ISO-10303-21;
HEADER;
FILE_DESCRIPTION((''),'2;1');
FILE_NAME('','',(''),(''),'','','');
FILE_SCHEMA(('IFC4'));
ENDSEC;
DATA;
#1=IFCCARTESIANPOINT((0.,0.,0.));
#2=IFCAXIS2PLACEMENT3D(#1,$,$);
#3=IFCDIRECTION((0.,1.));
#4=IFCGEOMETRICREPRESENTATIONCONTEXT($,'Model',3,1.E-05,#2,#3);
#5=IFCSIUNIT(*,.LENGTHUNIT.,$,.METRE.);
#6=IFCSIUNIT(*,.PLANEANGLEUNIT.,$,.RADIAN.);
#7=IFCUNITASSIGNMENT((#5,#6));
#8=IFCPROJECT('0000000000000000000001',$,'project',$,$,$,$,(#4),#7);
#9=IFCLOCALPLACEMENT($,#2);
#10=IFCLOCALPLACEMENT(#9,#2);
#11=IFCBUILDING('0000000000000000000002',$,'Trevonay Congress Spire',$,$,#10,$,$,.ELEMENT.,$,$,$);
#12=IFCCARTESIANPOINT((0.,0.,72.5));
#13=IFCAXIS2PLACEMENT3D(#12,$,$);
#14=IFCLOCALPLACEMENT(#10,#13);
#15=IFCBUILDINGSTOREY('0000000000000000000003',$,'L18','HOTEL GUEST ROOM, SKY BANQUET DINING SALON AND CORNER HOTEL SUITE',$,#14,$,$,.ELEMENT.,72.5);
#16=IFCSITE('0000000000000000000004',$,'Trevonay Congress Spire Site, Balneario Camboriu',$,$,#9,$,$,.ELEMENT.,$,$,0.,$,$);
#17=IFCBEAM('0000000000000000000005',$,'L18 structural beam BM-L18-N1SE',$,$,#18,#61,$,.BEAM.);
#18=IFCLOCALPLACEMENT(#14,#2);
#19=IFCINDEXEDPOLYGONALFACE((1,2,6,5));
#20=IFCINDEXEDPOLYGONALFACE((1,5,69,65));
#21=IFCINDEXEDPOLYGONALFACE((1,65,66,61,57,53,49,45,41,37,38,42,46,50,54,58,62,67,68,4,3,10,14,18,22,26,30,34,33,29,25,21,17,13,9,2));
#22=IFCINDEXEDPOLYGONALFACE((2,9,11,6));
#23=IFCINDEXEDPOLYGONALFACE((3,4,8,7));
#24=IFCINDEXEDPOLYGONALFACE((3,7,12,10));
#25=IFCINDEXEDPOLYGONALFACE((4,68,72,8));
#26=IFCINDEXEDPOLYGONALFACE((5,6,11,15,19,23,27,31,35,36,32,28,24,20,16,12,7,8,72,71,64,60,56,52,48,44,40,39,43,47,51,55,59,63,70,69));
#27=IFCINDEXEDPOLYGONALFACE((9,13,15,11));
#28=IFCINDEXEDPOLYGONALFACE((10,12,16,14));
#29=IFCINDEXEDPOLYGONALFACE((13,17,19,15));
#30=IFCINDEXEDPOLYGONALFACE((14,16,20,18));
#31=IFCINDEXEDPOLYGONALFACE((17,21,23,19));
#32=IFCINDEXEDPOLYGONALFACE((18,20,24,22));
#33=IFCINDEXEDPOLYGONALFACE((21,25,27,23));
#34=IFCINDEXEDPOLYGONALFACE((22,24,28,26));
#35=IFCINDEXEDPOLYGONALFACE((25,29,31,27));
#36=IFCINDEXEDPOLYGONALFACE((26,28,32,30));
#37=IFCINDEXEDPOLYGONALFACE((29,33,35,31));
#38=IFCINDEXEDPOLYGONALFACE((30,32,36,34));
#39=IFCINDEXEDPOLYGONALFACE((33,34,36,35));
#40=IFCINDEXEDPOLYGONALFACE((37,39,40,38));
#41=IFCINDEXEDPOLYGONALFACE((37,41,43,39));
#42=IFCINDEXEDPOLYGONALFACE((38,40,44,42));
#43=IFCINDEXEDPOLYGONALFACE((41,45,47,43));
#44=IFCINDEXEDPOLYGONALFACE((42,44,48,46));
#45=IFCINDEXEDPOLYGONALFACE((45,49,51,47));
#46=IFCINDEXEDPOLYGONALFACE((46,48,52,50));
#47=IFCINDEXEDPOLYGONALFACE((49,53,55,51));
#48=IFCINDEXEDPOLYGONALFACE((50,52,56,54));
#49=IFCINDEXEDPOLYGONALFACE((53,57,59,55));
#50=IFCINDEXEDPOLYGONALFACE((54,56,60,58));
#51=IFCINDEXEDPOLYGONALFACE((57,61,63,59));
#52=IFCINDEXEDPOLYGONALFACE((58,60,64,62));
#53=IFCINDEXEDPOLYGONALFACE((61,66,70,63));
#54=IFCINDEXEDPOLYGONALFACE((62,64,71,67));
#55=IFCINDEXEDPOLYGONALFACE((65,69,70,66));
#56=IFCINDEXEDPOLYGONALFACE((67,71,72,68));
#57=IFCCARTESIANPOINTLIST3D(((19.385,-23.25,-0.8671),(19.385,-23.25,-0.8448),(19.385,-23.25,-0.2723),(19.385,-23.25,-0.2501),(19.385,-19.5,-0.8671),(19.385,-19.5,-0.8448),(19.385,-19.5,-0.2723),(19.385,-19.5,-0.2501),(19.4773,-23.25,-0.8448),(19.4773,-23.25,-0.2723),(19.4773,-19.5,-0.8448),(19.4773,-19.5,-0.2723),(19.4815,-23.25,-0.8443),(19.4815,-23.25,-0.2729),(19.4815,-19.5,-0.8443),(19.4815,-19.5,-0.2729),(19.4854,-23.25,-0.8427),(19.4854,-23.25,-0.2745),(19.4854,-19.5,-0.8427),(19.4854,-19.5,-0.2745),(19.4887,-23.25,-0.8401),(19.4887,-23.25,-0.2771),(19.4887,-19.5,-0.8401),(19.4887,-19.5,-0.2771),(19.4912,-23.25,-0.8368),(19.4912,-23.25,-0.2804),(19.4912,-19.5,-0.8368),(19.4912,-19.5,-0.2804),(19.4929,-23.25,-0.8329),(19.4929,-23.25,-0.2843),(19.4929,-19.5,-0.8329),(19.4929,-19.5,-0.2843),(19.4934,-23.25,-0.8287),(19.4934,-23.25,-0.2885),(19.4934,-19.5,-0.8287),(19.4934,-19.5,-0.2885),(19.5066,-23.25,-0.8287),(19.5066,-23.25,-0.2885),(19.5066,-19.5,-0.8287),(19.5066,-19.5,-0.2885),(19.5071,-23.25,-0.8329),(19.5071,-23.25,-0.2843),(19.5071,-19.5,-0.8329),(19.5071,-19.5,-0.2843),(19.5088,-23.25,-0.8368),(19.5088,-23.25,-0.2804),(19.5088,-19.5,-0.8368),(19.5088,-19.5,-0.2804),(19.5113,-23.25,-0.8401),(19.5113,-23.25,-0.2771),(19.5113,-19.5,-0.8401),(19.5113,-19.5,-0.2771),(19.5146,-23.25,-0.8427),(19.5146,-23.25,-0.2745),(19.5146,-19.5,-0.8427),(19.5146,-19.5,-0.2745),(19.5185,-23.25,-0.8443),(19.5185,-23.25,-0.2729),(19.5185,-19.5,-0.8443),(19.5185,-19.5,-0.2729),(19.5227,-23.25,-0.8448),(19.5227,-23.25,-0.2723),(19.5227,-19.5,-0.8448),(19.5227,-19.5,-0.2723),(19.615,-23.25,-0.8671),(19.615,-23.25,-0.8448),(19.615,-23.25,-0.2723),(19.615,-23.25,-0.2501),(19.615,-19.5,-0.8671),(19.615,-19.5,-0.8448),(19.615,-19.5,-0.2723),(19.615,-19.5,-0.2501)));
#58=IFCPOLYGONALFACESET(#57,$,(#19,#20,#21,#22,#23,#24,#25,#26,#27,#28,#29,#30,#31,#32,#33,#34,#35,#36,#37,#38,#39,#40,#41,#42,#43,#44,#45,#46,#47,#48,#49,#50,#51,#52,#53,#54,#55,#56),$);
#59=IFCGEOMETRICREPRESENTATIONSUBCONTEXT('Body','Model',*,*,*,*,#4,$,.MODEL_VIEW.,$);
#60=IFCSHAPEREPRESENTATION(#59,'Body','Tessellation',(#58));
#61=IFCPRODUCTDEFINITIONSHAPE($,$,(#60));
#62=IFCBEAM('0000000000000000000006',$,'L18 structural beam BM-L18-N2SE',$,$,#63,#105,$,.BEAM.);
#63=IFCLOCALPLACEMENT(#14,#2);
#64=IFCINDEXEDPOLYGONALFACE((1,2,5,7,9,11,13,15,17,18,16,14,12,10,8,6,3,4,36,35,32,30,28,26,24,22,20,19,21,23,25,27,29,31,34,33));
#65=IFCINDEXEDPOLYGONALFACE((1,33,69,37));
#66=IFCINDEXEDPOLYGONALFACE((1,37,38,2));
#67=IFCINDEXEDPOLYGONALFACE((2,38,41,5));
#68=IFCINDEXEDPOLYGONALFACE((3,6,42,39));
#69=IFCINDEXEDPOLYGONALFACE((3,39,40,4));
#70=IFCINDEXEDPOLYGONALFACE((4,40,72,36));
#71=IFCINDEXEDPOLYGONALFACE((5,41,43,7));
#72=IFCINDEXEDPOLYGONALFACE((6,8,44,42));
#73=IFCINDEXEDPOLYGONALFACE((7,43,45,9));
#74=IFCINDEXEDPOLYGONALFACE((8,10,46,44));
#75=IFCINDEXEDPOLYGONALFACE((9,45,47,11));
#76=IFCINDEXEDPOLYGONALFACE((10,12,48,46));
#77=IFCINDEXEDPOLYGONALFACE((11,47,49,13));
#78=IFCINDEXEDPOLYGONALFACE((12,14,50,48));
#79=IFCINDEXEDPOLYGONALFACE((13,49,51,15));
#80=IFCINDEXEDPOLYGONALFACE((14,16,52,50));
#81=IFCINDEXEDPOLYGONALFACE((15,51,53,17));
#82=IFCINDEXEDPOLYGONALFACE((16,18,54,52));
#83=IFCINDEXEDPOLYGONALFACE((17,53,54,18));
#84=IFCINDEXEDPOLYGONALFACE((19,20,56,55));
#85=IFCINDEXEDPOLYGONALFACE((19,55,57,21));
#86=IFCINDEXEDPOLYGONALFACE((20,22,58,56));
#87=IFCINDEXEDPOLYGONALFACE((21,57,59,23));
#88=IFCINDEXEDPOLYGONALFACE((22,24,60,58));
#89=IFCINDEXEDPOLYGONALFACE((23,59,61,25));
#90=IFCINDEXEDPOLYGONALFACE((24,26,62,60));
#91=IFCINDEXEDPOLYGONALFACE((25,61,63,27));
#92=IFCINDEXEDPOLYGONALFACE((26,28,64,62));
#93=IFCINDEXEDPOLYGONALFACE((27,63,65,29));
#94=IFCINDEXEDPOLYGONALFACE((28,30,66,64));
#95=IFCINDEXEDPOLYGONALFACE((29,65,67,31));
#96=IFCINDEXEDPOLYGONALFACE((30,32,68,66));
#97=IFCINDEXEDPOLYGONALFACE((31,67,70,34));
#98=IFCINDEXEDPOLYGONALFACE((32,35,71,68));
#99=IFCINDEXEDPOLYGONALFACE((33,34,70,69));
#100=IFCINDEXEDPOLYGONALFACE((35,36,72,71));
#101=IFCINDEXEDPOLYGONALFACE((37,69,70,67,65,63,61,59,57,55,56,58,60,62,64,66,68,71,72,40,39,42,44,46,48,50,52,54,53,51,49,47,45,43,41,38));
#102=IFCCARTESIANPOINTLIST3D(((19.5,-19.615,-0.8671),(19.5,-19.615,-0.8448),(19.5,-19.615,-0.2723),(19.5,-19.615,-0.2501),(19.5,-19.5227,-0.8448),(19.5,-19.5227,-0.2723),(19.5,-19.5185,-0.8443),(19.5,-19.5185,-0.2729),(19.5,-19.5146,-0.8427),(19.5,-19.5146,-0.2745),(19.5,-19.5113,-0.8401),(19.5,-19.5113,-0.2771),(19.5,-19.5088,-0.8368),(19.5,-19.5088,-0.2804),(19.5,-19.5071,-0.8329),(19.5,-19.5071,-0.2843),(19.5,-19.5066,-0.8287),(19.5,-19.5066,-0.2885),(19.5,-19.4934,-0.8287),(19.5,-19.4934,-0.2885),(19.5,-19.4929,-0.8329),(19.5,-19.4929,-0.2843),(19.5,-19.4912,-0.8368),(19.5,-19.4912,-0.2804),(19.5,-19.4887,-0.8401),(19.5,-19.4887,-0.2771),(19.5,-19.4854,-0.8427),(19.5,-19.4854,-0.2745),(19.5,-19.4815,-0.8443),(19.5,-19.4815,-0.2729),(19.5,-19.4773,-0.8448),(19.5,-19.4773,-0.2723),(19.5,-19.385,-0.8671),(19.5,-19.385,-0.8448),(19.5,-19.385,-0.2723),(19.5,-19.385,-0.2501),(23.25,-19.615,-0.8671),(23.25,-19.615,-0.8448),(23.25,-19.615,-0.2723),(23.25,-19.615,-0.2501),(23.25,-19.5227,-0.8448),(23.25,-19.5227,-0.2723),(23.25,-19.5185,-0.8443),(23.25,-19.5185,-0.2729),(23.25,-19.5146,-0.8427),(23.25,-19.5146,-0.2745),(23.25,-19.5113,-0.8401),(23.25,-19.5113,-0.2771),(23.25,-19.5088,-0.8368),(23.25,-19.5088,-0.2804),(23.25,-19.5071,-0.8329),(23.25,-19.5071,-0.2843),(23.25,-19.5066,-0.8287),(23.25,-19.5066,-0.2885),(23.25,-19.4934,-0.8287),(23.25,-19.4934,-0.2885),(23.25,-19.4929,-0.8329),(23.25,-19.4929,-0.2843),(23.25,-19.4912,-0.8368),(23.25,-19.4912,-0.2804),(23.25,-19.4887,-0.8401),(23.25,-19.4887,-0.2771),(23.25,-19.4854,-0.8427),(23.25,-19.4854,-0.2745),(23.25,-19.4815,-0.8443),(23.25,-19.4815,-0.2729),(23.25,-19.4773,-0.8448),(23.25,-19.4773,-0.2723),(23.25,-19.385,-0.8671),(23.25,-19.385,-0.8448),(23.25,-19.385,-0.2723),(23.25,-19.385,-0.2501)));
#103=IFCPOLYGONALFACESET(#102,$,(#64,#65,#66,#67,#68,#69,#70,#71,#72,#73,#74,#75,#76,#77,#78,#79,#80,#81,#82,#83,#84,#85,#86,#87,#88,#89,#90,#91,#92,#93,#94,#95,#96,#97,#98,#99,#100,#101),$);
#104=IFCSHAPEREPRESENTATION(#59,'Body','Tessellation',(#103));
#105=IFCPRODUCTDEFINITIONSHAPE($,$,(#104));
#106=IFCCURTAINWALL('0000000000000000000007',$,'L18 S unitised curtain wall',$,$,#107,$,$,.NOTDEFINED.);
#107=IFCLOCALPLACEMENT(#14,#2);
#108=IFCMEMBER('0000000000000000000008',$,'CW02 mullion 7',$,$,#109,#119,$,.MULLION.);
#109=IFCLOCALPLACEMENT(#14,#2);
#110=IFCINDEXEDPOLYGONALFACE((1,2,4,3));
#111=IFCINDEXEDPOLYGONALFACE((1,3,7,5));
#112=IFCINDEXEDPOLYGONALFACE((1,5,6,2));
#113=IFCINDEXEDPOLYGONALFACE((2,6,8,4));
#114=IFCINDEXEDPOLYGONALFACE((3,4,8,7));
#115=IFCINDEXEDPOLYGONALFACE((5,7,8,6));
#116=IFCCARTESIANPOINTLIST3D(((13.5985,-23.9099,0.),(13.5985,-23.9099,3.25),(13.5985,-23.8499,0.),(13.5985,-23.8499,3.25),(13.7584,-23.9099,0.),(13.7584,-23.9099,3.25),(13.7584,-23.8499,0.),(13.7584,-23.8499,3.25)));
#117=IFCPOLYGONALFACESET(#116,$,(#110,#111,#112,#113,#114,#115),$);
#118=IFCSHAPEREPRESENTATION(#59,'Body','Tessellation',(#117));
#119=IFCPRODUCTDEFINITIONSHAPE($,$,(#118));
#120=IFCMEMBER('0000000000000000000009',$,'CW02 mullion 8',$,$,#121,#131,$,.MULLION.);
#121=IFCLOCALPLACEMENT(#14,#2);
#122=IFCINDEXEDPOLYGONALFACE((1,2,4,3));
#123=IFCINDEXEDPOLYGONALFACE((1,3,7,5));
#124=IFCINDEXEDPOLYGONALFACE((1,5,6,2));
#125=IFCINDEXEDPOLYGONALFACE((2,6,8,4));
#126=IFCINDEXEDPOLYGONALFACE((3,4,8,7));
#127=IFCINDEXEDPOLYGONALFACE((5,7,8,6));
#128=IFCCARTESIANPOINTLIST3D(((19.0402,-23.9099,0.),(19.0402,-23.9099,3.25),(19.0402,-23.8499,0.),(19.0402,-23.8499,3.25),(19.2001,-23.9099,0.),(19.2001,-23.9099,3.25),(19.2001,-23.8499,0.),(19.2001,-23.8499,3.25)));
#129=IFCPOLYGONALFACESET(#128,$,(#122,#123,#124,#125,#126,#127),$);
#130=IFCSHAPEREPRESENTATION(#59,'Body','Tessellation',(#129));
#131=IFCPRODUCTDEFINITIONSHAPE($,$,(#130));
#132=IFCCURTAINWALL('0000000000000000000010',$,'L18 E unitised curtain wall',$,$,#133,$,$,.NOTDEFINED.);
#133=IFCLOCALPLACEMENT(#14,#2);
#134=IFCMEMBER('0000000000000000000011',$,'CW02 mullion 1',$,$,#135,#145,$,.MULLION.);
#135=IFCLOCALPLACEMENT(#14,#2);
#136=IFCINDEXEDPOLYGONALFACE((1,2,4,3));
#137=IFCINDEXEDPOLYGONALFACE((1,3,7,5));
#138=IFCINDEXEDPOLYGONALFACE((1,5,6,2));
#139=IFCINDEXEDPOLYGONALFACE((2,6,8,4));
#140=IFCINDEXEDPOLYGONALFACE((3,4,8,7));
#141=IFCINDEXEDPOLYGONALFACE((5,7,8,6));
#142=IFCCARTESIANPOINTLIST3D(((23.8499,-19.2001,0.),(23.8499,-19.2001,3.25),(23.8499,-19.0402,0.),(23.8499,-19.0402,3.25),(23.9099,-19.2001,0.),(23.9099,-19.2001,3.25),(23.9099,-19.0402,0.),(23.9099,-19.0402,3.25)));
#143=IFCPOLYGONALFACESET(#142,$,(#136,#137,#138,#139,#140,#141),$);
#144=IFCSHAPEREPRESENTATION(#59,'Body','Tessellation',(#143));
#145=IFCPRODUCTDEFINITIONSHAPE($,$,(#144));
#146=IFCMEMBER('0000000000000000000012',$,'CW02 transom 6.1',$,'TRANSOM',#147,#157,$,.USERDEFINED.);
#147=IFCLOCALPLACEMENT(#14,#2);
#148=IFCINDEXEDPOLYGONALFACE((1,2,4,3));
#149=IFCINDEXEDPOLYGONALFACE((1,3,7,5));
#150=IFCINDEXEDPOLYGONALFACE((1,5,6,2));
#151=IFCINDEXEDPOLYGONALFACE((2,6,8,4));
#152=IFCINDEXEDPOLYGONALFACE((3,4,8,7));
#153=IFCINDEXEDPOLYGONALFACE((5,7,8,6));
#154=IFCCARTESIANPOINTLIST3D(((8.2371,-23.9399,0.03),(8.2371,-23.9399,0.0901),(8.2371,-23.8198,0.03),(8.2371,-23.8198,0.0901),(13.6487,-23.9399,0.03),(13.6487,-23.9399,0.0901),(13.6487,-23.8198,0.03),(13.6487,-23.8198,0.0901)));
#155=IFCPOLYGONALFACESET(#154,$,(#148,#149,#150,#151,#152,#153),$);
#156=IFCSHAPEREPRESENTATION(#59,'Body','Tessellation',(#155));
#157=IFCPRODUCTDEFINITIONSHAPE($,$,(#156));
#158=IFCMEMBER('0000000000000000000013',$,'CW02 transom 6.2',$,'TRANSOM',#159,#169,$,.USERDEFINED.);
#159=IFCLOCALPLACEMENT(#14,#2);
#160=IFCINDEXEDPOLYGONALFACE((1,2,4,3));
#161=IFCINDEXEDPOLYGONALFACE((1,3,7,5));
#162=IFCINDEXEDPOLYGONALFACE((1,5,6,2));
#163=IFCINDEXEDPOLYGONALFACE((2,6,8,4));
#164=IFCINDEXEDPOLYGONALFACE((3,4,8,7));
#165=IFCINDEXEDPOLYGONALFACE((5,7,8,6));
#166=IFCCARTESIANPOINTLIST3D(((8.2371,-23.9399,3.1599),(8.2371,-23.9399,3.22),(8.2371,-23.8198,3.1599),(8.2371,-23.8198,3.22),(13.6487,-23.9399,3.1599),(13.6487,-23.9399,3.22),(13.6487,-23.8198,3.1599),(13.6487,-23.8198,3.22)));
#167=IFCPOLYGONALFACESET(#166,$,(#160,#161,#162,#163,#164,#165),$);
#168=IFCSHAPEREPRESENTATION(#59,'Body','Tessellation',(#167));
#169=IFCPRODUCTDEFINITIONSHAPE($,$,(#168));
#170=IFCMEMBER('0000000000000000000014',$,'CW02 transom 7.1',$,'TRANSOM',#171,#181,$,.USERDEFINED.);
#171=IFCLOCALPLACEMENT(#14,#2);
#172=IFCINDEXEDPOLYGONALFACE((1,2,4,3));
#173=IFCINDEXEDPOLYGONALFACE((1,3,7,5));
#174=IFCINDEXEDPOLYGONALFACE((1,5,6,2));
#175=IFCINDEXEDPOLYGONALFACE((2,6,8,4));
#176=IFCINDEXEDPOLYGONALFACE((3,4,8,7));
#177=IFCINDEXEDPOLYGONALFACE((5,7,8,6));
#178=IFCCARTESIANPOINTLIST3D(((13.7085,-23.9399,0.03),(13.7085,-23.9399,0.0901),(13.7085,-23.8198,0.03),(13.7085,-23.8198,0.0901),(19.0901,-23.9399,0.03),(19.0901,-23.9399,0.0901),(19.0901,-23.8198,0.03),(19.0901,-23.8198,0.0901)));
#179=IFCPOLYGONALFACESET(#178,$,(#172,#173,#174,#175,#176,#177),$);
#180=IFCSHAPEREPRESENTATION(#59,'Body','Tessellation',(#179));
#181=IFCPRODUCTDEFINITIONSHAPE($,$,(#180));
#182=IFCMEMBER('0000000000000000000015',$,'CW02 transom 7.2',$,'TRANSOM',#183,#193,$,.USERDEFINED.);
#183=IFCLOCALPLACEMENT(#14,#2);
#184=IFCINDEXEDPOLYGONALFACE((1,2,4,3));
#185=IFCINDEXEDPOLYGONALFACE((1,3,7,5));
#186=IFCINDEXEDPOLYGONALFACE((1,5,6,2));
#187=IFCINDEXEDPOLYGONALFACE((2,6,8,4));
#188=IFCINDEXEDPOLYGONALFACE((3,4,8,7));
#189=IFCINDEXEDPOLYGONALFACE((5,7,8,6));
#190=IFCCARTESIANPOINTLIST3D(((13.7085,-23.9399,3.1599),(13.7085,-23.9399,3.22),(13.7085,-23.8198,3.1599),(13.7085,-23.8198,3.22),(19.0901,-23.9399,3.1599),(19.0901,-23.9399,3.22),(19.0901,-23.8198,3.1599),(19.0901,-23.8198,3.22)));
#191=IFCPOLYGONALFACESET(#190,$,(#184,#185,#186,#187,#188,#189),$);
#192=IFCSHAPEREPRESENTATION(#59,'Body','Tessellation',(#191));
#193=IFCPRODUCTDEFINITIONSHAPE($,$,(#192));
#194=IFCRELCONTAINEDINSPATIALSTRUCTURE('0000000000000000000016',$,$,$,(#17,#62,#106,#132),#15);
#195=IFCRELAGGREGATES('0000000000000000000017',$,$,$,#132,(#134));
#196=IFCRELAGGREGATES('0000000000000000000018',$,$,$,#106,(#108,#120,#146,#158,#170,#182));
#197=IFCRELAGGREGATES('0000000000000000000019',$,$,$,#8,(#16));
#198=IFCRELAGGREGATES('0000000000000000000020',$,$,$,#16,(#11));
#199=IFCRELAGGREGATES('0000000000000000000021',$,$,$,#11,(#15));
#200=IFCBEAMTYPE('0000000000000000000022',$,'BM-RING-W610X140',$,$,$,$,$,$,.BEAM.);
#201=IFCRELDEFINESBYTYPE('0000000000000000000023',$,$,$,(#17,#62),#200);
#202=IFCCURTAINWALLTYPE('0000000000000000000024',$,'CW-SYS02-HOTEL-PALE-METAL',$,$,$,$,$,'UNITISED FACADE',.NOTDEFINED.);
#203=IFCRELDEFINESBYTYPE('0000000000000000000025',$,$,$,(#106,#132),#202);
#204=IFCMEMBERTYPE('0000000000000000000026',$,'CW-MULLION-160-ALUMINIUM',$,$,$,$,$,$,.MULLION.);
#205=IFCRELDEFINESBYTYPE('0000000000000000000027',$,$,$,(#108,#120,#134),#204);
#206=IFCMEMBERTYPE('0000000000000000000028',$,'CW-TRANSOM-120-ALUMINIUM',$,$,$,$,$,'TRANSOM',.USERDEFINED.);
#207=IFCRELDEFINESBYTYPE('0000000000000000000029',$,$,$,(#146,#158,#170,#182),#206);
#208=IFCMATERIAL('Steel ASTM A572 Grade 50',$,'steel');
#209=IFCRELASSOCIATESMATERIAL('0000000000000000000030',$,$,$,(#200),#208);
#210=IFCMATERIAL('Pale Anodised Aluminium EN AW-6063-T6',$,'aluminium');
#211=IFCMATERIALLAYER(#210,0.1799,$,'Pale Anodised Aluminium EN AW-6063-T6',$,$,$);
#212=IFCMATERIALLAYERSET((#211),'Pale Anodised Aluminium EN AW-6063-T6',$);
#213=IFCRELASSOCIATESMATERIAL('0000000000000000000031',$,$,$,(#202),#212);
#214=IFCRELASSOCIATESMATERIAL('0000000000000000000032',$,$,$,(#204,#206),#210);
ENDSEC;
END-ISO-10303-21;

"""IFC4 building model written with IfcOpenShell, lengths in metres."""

from ifc_helpers import new_model, si_unit, direction, frame, origin, origin_2d, place, context, subcontext, project, spatial, rectangle, i_section, extrude, material, layer, layer_set, material_profile, profile_set, type_object, element, aggregate, save


model = new_model("IFC4")

# Units and contexts
model_context = context("Model", 3, precision=1e-05, world=origin(), true_north=direction((0.0, 1.0)))
body_context = subcontext(model_context, "Body", "Model", "MODEL_VIEW")
ifc_project = project(units=[si_unit("LENGTHUNIT", "METRE"), si_unit("PLANEANGLEUNIT", "RADIAN")], contexts=[model_context])

# Site, building, storey
site_placement = place(None, origin())
site = spatial("IfcSite", under=ifc_project, at=site_placement, Name="Trevonay Congress Spire Site, Balneario Camboriu", CompositionType="ELEMENT", RefElevation=0.0)
building_placement = place(site_placement, origin())
building = spatial("IfcBuilding", under=site, at=building_placement, Name="Trevonay Congress Spire", CompositionType="ELEMENT")
storey_placement = place(building_placement, frame((0.0, 0.0, 72.5)))
storey = spatial("IfcBuildingStorey", under=building, at=storey_placement, Name="L18", Description="HOTEL GUEST ROOM, SKY BANQUET DINING SALON AND CORNER HOTEL SUITE", CompositionType="ELEMENT", Elevation=72.5)

# Shared definitions
ifc_material_1 = material(Name="Steel ASTM A572 Grade 50", Category="steel")

# Beams
ifc_material_profile_1 = material_profile(ifc_material_1, i_section(OverallWidth=0.23, OverallDepth=0.6169, WebThickness=0.0132, FlangeThickness=0.0222, FilletRadius=0.0161, at=origin_2d()), Name="W610x140")
ifc_profile_set_1 = profile_set([ifc_material_profile_1], Name="Steel ASTM A572 Grade 50")
beam_type = type_object("IfcBeamType", Name="BM-RING-W610X140", PredefinedType="BEAM", material=ifc_profile_set_1)
for number, where, z_axis, x_axis, name in (
    (1, (19.5, -23.25, -0.5586), (0.0, 1.0, 0.0), (-1.0, 0.0, 0.0), "L18 structural beam BM-L18-N1SE"),
    (2, (23.25, -19.5, -0.5586), (-1.0, 0.0, 0.0), (0.0, -1.0, 0.0), "L18 structural beam BM-L18-N2SE"),
):
    element("IfcBeam", number, at=place(storey_placement, frame(where, z_axis=z_axis, x_axis=x_axis)), inside=storey, type_object=beam_type, Name=name, PredefinedType="BEAM", context=body_context, shape_type="SweptSolid", body=[
        extrude(i_section(OverallWidth=0.23, OverallDepth=0.6169, WebThickness=0.0132, FlangeThickness=0.0222, FilletRadius=0.0161, at=origin_2d()), origin(), (0.0, 0.0, 1.0), 3.75),
    ])

# Curtain wall, members
ifc_material_2 = material(Name="Pale Anodised Aluminium EN AW-6063-T6", Category="aluminium")
ifc_layer_1 = layer(ifc_material_2, 0.1799, Name="Pale Anodised Aluminium EN AW-6063-T6")
ifc_layer_set_1 = layer_set([ifc_layer_1], Name="Pale Anodised Aluminium EN AW-6063-T6")
curtain_wall_type = type_object("IfcCurtainWallType", Name="CW-SYS02-HOTEL-PALE-METAL", ElementType="UNITISED FACADE", PredefinedType="NOTDEFINED", material=ifc_layer_set_1)
curtain_wall_1_placement = place(storey_placement, origin())
curtain_wall_1 = element("IfcCurtainWall", 3, at=curtain_wall_1_placement, inside=storey, type_object=curtain_wall_type, Name="L18 S unitised curtain wall", PredefinedType="NOTDEFINED")
ifc_material_profile_2 = material_profile(ifc_material_2, rectangle(XDim=0.0601, YDim=0.1599, at=origin_2d()), Name="CW-MULLION-160-ALUMINIUM")
ifc_profile_set_2 = profile_set([ifc_material_profile_2], Name="Pale Anodised Aluminium EN AW-6063-T6")
member_type_1 = type_object("IfcMemberType", Name="CW-MULLION-160-ALUMINIUM", PredefinedType="MULLION", material=ifc_profile_set_2)
member_1_placement = place(storey_placement, frame((13.6785, -23.8799, 0.0), z_axis=(0.0, 0.0, 1.0), x_axis=(0.0, 1.0, 0.0)))
member_1 = element("IfcMember", 4, at=member_1_placement, type_object=member_type_1, Name="CW02 mullion 7", PredefinedType="MULLION", context=body_context, shape_type="SweptSolid", body=[
    extrude(rectangle(XDim=0.0601, YDim=0.1599, at=origin_2d()), origin(), (0.0, 0.0, 1.0), 3.25),
])
member_2_placement = place(storey_placement, frame((19.1201, -23.8799, 0.0), z_axis=(0.0, 0.0, 1.0), x_axis=(0.0, 1.0, 0.0)))
member_2 = element("IfcMember", 5, at=member_2_placement, type_object=member_type_1, Name="CW02 mullion 8", PredefinedType="MULLION", context=body_context, shape_type="SweptSolid", body=[
    extrude(rectangle(XDim=0.0601, YDim=0.1599, at=origin_2d()), origin(), (0.0, 0.0, 1.0), 3.25),
])

# Curtain wall, member
curtain_wall_2_placement = place(storey_placement, origin())
curtain_wall_2 = element("IfcCurtainWall", 6, at=curtain_wall_2_placement, inside=storey, type_object=curtain_wall_type, Name="L18 E unitised curtain wall", PredefinedType="NOTDEFINED")
member_3_placement = place(storey_placement, frame((23.8799, -19.1201, 0.0), z_axis=(0.0, 0.0, 1.0), x_axis=(-1.0, 0.0, 0.0)))
member_3 = element("IfcMember", 7, at=member_3_placement, type_object=member_type_1, Name="CW02 mullion 1", PredefinedType="MULLION", context=body_context, shape_type="SweptSolid", body=[
    extrude(rectangle(XDim=0.0601, YDim=0.1599, at=origin_2d()), origin(), (0.0, 0.0, 1.0), 3.25),
])
aggregate(curtain_wall_2, [member_3])

# Members
ifc_material_profile_3 = material_profile(ifc_material_2, rectangle(XDim=0.1201, YDim=0.0601, at=origin_2d()), Name="CW-TRANSOM-120-ALUMINIUM")
ifc_profile_set_3 = profile_set([ifc_material_profile_3], Name="Pale Anodised Aluminium EN AW-6063-T6")
member_type_2 = type_object("IfcMemberType", Name="CW-TRANSOM-120-ALUMINIUM", ElementType="TRANSOM", PredefinedType="USERDEFINED", material=ifc_profile_set_3)
member_4_placement = place(storey_placement, frame((8.2371, -23.8799, 0.0601), z_axis=(1.0, 0.0, 0.0), x_axis=(0.0, 1.0, 0.0)))
member_4 = element("IfcMember", 8, at=member_4_placement, type_object=member_type_2, Name="CW02 transom 6.1", ObjectType="TRANSOM", PredefinedType="USERDEFINED", context=body_context, shape_type="SweptSolid", body=[
    extrude(rectangle(XDim=0.1201, YDim=0.0601, at=origin_2d()), origin(), (0.0, 0.0, 1.0), 5.4116),
])
member_5_placement = place(storey_placement, frame((8.2371, -23.8799, 3.1899), z_axis=(1.0, 0.0, 0.0), x_axis=(0.0, 1.0, 0.0)))
member_5 = element("IfcMember", 9, at=member_5_placement, type_object=member_type_2, Name="CW02 transom 6.2", ObjectType="TRANSOM", PredefinedType="USERDEFINED", context=body_context, shape_type="SweptSolid", body=[
    extrude(rectangle(XDim=0.1201, YDim=0.0601, at=origin_2d()), origin(), (0.0, 0.0, 1.0), 5.4116),
])
member_6_placement = place(storey_placement, frame((13.7085, -23.8799, 0.0601), z_axis=(1.0, 0.0, 0.0), x_axis=(0.0, 1.0, 0.0)))
member_6 = element("IfcMember", 10, at=member_6_placement, type_object=member_type_2, Name="CW02 transom 7.1", ObjectType="TRANSOM", PredefinedType="USERDEFINED", context=body_context, shape_type="SweptSolid", body=[
    extrude(rectangle(XDim=0.1201, YDim=0.0601, at=origin_2d()), origin(), (0.0, 0.0, 1.0), 5.3816),
])
member_7_placement = place(storey_placement, frame((13.7085, -23.8799, 3.1899), z_axis=(1.0, 0.0, 0.0), x_axis=(0.0, 1.0, 0.0)))
member_7 = element("IfcMember", 11, at=member_7_placement, type_object=member_type_2, Name="CW02 transom 7.2", ObjectType="TRANSOM", PredefinedType="USERDEFINED", context=body_context, shape_type="SweptSolid", body=[
    extrude(rectangle(XDim=0.1201, YDim=0.0601, at=origin_2d()), origin(), (0.0, 0.0, 1.0), 5.3816),
])

aggregate(curtain_wall_1, [member_1, member_2, member_4, member_5, member_6, member_7])

save(model, "model.ifc")
